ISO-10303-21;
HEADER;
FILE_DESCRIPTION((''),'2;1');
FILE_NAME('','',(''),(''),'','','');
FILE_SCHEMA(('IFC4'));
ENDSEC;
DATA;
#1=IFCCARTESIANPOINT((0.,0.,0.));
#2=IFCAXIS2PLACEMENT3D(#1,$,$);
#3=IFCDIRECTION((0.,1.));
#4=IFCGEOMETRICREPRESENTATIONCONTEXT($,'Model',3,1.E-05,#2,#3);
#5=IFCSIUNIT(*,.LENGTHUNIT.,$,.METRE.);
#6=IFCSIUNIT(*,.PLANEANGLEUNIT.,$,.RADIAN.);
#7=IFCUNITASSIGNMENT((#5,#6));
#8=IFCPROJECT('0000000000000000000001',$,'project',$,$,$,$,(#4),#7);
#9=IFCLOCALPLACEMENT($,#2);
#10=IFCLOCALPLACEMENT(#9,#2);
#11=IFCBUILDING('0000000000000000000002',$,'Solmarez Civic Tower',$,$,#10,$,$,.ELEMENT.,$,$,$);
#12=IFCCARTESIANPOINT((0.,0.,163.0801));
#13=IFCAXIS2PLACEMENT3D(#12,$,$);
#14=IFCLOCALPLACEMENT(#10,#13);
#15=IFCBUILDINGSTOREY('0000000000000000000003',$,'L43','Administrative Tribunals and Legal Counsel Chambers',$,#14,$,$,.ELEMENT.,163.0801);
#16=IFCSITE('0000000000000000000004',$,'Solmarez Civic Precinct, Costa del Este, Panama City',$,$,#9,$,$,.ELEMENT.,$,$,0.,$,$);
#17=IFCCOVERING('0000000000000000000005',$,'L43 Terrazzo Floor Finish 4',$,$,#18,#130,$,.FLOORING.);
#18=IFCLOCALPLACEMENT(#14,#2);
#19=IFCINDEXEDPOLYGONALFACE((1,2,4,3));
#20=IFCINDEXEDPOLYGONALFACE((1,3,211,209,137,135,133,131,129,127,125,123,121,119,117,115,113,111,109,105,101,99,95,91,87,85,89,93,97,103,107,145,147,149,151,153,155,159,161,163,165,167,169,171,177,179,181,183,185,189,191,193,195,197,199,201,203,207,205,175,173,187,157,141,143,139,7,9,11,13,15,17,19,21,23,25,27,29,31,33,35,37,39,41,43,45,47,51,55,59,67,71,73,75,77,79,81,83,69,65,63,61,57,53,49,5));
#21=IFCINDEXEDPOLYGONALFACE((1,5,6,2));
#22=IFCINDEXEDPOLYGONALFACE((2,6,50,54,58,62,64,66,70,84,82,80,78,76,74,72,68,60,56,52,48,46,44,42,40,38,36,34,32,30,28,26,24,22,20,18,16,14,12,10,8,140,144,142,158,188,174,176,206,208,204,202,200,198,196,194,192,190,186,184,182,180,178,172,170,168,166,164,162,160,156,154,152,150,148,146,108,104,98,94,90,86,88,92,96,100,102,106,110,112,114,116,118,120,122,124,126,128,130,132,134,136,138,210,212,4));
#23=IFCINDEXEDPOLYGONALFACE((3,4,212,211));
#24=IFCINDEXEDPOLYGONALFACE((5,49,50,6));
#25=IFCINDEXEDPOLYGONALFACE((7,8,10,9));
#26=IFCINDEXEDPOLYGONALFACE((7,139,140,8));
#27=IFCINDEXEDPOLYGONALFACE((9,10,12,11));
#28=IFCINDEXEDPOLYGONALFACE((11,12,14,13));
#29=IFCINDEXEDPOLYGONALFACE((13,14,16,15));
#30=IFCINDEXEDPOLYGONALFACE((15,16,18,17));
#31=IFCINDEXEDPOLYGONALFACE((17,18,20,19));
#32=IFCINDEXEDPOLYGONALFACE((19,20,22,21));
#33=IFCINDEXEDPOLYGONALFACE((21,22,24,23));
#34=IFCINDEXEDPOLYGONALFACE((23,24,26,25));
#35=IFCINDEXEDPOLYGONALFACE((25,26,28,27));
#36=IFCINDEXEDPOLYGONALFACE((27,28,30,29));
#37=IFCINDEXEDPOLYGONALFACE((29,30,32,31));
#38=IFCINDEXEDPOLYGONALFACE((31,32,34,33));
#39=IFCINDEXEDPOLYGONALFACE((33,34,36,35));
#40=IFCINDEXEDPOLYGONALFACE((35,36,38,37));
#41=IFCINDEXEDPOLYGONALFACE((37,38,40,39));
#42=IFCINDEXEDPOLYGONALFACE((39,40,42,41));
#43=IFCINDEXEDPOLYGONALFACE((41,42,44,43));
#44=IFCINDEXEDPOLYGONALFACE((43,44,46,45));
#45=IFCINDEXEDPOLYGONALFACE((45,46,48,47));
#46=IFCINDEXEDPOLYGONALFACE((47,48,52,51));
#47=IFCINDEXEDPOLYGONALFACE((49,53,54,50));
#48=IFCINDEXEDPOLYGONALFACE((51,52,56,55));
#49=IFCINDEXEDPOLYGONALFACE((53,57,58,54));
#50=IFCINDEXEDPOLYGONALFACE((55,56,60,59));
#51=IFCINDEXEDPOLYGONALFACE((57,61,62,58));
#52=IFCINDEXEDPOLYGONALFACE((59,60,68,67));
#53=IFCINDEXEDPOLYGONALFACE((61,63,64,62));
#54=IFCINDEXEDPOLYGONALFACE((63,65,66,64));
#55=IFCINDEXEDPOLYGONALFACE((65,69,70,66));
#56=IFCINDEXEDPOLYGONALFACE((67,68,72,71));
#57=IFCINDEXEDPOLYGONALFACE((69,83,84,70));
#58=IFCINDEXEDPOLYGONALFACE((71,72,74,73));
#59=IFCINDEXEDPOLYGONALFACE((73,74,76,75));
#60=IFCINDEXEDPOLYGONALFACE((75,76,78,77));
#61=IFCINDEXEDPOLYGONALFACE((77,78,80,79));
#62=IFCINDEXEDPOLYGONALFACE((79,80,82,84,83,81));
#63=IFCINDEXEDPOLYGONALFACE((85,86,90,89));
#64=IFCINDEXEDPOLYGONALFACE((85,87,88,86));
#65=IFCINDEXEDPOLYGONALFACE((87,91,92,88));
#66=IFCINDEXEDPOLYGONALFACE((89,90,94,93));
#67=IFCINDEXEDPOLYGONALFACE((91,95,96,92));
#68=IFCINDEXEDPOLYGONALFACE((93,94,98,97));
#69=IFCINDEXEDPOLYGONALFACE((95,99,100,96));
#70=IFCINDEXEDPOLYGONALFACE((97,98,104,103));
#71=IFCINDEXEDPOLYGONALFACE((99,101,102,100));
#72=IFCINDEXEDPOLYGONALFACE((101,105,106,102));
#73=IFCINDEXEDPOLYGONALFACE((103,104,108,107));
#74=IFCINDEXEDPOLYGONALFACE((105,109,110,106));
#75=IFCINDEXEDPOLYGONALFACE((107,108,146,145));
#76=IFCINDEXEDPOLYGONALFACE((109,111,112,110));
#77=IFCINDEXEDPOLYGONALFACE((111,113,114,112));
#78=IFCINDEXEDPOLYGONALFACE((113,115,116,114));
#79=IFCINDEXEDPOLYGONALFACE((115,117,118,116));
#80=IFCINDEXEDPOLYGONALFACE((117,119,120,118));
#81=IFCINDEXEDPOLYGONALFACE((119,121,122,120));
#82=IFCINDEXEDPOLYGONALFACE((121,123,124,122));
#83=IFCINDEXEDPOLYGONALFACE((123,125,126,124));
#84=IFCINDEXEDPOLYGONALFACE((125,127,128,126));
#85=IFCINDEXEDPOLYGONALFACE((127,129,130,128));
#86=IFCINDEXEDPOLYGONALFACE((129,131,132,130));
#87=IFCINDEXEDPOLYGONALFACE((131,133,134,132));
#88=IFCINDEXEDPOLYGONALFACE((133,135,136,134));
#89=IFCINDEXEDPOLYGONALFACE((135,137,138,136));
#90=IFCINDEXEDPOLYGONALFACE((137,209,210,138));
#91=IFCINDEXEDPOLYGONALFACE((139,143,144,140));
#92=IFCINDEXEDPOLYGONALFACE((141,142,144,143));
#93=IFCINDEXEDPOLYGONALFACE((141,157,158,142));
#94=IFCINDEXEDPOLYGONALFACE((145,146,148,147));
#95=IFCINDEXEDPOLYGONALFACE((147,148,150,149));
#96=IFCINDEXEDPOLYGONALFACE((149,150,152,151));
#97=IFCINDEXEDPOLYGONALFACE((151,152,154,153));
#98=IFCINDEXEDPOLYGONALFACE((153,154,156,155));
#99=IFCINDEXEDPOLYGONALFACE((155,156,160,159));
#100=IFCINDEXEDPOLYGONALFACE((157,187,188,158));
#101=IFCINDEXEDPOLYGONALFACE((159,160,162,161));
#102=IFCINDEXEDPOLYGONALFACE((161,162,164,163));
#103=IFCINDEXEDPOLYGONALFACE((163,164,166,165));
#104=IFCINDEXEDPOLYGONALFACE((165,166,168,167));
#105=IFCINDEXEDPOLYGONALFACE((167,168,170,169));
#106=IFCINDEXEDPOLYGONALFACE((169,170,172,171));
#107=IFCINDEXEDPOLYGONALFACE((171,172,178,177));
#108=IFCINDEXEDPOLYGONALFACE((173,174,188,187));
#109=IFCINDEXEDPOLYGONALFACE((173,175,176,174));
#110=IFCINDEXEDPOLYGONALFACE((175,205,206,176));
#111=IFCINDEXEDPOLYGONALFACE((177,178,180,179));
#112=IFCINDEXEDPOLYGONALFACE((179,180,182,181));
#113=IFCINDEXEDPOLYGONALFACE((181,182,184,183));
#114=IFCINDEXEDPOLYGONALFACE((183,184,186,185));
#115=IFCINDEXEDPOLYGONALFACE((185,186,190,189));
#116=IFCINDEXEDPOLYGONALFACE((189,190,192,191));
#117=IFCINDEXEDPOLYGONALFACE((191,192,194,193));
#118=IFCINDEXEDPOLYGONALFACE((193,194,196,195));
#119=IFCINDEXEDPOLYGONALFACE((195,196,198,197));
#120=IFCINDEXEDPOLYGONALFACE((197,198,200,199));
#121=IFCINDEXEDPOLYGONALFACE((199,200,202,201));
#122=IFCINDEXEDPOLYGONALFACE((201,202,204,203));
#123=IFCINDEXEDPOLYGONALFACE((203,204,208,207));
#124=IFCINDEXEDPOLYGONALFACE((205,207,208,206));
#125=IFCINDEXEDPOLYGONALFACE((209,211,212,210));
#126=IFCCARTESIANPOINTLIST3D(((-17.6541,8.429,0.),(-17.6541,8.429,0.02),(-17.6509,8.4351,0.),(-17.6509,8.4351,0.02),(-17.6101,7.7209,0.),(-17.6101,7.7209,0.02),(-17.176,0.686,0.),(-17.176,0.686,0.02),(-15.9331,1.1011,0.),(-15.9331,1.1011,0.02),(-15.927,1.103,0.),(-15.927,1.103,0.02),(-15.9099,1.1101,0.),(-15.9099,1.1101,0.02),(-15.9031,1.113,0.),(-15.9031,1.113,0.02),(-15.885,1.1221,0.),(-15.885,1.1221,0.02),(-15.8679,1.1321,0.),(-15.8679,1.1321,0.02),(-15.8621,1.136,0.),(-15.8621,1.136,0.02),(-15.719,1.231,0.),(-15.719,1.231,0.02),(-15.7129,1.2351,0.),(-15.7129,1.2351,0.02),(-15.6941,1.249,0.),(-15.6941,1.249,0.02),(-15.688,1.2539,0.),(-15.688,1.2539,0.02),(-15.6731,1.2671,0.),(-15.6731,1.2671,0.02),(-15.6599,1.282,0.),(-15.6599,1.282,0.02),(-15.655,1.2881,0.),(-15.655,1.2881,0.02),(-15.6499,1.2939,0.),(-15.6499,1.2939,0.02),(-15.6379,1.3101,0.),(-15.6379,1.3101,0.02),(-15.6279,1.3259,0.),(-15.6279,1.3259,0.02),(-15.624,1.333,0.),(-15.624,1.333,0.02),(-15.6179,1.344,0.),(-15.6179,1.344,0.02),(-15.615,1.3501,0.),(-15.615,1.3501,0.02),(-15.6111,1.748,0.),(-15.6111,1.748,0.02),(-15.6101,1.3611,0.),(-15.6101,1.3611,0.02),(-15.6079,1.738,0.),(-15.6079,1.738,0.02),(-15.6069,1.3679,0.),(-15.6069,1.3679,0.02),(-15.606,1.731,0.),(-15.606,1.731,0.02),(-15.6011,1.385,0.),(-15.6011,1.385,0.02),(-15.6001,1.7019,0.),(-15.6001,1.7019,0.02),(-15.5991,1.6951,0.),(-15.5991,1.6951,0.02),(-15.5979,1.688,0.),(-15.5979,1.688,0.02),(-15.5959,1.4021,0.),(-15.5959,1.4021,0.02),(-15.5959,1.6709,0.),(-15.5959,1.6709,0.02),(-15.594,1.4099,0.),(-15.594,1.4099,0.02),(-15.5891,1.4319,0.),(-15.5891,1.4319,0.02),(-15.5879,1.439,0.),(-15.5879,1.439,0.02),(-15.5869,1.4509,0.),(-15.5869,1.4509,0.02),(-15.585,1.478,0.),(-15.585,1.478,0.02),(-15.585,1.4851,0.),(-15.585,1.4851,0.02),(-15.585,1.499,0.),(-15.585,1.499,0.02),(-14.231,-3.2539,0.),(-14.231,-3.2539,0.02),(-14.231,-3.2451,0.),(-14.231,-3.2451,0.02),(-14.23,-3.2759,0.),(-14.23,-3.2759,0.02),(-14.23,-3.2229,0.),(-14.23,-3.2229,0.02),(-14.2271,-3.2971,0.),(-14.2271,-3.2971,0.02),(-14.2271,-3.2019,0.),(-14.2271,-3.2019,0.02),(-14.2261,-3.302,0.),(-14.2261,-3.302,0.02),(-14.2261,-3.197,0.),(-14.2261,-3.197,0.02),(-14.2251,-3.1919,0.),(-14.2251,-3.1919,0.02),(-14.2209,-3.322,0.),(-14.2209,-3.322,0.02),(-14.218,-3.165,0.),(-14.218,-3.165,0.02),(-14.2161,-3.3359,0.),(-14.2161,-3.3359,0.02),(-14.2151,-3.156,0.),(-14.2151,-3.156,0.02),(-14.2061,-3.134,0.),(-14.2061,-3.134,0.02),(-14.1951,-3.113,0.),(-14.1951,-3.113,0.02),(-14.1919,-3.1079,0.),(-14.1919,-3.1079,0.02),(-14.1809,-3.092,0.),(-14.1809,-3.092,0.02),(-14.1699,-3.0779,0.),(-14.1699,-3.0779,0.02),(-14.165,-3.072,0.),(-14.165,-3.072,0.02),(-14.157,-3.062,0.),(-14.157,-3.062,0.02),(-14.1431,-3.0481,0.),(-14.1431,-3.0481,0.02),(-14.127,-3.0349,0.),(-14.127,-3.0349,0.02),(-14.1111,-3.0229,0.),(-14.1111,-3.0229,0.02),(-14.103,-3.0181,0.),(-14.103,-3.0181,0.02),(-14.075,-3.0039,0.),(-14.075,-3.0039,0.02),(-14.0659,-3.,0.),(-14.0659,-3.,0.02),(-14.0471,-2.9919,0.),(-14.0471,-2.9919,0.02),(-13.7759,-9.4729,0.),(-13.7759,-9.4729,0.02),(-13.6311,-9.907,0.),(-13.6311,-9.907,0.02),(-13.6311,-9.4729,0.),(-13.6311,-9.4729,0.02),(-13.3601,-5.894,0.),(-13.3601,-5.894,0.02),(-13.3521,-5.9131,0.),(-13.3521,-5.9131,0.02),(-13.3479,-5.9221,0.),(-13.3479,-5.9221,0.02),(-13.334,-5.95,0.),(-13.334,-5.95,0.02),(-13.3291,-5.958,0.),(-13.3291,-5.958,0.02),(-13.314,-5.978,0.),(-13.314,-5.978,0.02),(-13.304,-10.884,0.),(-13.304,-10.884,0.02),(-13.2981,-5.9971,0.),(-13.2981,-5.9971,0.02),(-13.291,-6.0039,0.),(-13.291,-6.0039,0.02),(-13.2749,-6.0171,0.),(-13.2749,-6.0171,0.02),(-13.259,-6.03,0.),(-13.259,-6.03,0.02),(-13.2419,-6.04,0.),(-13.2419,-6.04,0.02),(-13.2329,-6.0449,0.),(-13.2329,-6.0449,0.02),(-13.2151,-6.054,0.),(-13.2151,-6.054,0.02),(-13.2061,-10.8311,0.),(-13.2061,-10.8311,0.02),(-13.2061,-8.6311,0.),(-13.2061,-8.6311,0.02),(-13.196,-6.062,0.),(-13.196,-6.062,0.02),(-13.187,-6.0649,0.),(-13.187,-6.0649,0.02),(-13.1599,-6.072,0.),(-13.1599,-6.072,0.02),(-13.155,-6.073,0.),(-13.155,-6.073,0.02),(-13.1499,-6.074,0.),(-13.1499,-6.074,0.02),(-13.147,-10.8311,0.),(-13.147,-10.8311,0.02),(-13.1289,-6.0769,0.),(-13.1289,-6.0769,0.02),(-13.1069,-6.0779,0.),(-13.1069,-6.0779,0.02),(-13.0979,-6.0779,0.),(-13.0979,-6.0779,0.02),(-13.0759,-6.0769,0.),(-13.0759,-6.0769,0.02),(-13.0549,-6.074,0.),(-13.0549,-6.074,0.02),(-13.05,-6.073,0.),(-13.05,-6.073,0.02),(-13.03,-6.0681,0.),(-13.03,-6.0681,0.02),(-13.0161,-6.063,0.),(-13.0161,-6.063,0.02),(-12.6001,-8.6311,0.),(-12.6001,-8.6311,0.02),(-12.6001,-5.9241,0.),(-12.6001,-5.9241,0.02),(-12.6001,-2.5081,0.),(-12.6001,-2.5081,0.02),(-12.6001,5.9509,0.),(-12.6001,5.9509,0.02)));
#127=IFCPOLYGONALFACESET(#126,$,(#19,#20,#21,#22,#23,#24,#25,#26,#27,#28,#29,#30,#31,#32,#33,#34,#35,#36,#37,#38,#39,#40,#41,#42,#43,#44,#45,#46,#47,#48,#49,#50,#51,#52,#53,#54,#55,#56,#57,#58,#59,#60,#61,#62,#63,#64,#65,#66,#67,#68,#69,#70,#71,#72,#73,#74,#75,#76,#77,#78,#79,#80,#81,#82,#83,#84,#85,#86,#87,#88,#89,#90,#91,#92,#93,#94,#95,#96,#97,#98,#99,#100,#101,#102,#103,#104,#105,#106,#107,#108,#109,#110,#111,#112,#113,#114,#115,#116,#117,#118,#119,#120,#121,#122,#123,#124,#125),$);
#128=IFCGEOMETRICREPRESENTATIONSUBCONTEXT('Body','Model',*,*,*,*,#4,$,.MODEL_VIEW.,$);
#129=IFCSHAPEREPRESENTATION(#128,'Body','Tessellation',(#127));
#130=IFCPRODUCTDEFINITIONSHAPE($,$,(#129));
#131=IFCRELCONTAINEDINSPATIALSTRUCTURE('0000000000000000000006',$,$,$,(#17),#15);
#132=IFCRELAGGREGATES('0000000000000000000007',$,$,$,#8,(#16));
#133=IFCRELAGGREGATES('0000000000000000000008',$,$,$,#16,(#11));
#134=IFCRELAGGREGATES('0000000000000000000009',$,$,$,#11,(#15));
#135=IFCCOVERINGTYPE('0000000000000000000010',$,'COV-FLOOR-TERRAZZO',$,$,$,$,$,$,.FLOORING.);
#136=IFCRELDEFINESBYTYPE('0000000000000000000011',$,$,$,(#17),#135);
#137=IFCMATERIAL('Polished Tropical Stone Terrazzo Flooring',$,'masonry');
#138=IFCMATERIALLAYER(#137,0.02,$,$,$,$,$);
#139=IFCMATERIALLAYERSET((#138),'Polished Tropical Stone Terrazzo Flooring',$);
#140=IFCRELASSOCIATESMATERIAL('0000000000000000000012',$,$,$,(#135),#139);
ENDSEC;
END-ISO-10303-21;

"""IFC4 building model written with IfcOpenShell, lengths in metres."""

from ifc_helpers import new_model, si_unit, direction, frame, origin, place, context, subcontext, project, spatial, polyline, outline, extrude, material, layer, layer_set, type_object, element, save


model = new_model("IFC4")

# Units and contexts
model_context = context("Model", 3, precision=1e-05, world=origin(), true_north=direction((0.0, 1.0)))
body_context = subcontext(model_context, "Body", "Model", "MODEL_VIEW")
ifc_project = project(units=[si_unit("LENGTHUNIT", "METRE"), si_unit("PLANEANGLEUNIT", "RADIAN")], contexts=[model_context])

# Site, building, storey
site_placement = place(None, origin())
site = spatial("IfcSite", under=ifc_project, at=site_placement, Name="Solmarez Civic Precinct, Costa del Este, Panama City", CompositionType="ELEMENT", RefElevation=0.0)
building_placement = place(site_placement, origin())
building = spatial("IfcBuilding", under=site, at=building_placement, Name="Solmarez Civic Tower", CompositionType="ELEMENT")
storey_placement = place(building_placement, frame((0.0, 0.0, 163.0801)))
storey = spatial("IfcBuildingStorey", under=building, at=storey_placement, Name="L43", Description="Administrative Tribunals and Legal Counsel Chambers", CompositionType="ELEMENT", Elevation=163.0801)

# Covering
ifc_material_1 = material(Name="Polished Tropical Stone Terrazzo Flooring", Category="masonry")
ifc_layer_1 = layer(ifc_material_1, 0.02)
ifc_layer_set_1 = layer_set([ifc_layer_1], Name="Polished Tropical Stone Terrazzo Flooring")
covering_type_1 = type_object("IfcCoveringType", Name="COV-FLOOR-TERRAZZO", PredefinedType="FLOORING", material=ifc_layer_set_1)
covering_1_placement = place(storey_placement, origin())
element("IfcCovering", 1, at=covering_1_placement, inside=storey, type_object=covering_type_1, Name="L43 Terrazzo Floor Finish 4", PredefinedType="FLOORING", context=body_context, shape_type="SweptSolid", body=[
    extrude(outline(polyline([(-14.2161, -3.3359), (-14.2209, -3.322), (-14.2261, -3.302), (-14.2271, -3.2971), (-14.23, -3.2759), (-14.231, -3.2539), (-14.231, -3.2451), (-14.23, -3.2229), (-14.2271, -3.2019), (-14.2261, -3.197), (-14.2251, -3.1919), (-14.218, -3.165), (-14.2151, -3.156), (-14.2061, -3.134), (-14.1951, -3.113), (-14.1919, -3.1079), (-14.1809, -3.092), (-14.1699, -3.0779), (-14.165, -3.072), (-14.157, -3.062), (-14.1431, -3.0481), (-14.127, -3.0349), (-14.1111, -3.0229), (-14.103, -3.0181), (-14.075, -3.0039), (-14.0659, -3.0), (-14.0471, -2.9919), (-12.6001, -2.5081), (-12.6001, 5.9509), (-17.6509, 8.4351), (-17.6541, 8.429), (-17.6101, 7.7209), (-15.6111, 1.748), (-15.6079, 1.738), (-15.606, 1.731), (-15.6001, 1.7019), (-15.5991, 1.6951), (-15.5979, 1.688), (-15.5959, 1.6709), (-15.585, 1.499), (-15.585, 1.4851), (-15.585, 1.478), (-15.5869, 1.4509), (-15.5879, 1.439), (-15.5891, 1.4319), (-15.594, 1.4099), (-15.5959, 1.4021), (-15.6011, 1.385), (-15.6069, 1.3679), (-15.6101, 1.3611), (-15.615, 1.3501), (-15.6179, 1.344), (-15.624, 1.333), (-15.6279, 1.3259), (-15.6379, 1.3101), (-15.6499, 1.2939), (-15.655, 1.2881), (-15.6599, 1.282), (-15.6731, 1.2671), (-15.688, 1.2539), (-15.6941, 1.249), (-15.7129, 1.2351), (-15.719, 1.231), (-15.8621, 1.136), (-15.8679, 1.1321), (-15.885, 1.1221), (-15.9031, 1.113), (-15.9099, 1.1101), (-15.927, 1.103), (-15.9331, 1.1011), (-17.176, 0.686), (-13.7759, -9.4729), (-13.6311, -9.4729), (-13.6311, -9.907), (-13.304, -10.884), (-13.147, -10.8311), (-13.2061, -10.8311), (-13.2061, -8.6311), (-12.6001, -8.6311), (-12.6001, -5.9241), (-13.0161, -6.063), (-13.03, -6.0681), (-13.05, -6.073), (-13.0549, -6.074), (-13.0759, -6.0769), (-13.0979, -6.0779), (-13.1069, -6.0779), (-13.1289, -6.0769), (-13.1499, -6.074), (-13.155, -6.073), (-13.1599, -6.072), (-13.187, -6.0649), (-13.196, -6.062), (-13.2151, -6.054), (-13.2329, -6.0449), (-13.2419, -6.04), (-13.259, -6.03), (-13.2749, -6.0171), (-13.291, -6.0039), (-13.2981, -5.9971), (-13.314, -5.978), (-13.3291, -5.958), (-13.334, -5.95), (-13.3479, -5.9221), (-13.3521, -5.9131), (-13.3601, -5.894), (-14.2161, -3.3359)])), origin(), (0.0, 0.0, 1.0), 0.02),
])

save(model, "model.ifc")
